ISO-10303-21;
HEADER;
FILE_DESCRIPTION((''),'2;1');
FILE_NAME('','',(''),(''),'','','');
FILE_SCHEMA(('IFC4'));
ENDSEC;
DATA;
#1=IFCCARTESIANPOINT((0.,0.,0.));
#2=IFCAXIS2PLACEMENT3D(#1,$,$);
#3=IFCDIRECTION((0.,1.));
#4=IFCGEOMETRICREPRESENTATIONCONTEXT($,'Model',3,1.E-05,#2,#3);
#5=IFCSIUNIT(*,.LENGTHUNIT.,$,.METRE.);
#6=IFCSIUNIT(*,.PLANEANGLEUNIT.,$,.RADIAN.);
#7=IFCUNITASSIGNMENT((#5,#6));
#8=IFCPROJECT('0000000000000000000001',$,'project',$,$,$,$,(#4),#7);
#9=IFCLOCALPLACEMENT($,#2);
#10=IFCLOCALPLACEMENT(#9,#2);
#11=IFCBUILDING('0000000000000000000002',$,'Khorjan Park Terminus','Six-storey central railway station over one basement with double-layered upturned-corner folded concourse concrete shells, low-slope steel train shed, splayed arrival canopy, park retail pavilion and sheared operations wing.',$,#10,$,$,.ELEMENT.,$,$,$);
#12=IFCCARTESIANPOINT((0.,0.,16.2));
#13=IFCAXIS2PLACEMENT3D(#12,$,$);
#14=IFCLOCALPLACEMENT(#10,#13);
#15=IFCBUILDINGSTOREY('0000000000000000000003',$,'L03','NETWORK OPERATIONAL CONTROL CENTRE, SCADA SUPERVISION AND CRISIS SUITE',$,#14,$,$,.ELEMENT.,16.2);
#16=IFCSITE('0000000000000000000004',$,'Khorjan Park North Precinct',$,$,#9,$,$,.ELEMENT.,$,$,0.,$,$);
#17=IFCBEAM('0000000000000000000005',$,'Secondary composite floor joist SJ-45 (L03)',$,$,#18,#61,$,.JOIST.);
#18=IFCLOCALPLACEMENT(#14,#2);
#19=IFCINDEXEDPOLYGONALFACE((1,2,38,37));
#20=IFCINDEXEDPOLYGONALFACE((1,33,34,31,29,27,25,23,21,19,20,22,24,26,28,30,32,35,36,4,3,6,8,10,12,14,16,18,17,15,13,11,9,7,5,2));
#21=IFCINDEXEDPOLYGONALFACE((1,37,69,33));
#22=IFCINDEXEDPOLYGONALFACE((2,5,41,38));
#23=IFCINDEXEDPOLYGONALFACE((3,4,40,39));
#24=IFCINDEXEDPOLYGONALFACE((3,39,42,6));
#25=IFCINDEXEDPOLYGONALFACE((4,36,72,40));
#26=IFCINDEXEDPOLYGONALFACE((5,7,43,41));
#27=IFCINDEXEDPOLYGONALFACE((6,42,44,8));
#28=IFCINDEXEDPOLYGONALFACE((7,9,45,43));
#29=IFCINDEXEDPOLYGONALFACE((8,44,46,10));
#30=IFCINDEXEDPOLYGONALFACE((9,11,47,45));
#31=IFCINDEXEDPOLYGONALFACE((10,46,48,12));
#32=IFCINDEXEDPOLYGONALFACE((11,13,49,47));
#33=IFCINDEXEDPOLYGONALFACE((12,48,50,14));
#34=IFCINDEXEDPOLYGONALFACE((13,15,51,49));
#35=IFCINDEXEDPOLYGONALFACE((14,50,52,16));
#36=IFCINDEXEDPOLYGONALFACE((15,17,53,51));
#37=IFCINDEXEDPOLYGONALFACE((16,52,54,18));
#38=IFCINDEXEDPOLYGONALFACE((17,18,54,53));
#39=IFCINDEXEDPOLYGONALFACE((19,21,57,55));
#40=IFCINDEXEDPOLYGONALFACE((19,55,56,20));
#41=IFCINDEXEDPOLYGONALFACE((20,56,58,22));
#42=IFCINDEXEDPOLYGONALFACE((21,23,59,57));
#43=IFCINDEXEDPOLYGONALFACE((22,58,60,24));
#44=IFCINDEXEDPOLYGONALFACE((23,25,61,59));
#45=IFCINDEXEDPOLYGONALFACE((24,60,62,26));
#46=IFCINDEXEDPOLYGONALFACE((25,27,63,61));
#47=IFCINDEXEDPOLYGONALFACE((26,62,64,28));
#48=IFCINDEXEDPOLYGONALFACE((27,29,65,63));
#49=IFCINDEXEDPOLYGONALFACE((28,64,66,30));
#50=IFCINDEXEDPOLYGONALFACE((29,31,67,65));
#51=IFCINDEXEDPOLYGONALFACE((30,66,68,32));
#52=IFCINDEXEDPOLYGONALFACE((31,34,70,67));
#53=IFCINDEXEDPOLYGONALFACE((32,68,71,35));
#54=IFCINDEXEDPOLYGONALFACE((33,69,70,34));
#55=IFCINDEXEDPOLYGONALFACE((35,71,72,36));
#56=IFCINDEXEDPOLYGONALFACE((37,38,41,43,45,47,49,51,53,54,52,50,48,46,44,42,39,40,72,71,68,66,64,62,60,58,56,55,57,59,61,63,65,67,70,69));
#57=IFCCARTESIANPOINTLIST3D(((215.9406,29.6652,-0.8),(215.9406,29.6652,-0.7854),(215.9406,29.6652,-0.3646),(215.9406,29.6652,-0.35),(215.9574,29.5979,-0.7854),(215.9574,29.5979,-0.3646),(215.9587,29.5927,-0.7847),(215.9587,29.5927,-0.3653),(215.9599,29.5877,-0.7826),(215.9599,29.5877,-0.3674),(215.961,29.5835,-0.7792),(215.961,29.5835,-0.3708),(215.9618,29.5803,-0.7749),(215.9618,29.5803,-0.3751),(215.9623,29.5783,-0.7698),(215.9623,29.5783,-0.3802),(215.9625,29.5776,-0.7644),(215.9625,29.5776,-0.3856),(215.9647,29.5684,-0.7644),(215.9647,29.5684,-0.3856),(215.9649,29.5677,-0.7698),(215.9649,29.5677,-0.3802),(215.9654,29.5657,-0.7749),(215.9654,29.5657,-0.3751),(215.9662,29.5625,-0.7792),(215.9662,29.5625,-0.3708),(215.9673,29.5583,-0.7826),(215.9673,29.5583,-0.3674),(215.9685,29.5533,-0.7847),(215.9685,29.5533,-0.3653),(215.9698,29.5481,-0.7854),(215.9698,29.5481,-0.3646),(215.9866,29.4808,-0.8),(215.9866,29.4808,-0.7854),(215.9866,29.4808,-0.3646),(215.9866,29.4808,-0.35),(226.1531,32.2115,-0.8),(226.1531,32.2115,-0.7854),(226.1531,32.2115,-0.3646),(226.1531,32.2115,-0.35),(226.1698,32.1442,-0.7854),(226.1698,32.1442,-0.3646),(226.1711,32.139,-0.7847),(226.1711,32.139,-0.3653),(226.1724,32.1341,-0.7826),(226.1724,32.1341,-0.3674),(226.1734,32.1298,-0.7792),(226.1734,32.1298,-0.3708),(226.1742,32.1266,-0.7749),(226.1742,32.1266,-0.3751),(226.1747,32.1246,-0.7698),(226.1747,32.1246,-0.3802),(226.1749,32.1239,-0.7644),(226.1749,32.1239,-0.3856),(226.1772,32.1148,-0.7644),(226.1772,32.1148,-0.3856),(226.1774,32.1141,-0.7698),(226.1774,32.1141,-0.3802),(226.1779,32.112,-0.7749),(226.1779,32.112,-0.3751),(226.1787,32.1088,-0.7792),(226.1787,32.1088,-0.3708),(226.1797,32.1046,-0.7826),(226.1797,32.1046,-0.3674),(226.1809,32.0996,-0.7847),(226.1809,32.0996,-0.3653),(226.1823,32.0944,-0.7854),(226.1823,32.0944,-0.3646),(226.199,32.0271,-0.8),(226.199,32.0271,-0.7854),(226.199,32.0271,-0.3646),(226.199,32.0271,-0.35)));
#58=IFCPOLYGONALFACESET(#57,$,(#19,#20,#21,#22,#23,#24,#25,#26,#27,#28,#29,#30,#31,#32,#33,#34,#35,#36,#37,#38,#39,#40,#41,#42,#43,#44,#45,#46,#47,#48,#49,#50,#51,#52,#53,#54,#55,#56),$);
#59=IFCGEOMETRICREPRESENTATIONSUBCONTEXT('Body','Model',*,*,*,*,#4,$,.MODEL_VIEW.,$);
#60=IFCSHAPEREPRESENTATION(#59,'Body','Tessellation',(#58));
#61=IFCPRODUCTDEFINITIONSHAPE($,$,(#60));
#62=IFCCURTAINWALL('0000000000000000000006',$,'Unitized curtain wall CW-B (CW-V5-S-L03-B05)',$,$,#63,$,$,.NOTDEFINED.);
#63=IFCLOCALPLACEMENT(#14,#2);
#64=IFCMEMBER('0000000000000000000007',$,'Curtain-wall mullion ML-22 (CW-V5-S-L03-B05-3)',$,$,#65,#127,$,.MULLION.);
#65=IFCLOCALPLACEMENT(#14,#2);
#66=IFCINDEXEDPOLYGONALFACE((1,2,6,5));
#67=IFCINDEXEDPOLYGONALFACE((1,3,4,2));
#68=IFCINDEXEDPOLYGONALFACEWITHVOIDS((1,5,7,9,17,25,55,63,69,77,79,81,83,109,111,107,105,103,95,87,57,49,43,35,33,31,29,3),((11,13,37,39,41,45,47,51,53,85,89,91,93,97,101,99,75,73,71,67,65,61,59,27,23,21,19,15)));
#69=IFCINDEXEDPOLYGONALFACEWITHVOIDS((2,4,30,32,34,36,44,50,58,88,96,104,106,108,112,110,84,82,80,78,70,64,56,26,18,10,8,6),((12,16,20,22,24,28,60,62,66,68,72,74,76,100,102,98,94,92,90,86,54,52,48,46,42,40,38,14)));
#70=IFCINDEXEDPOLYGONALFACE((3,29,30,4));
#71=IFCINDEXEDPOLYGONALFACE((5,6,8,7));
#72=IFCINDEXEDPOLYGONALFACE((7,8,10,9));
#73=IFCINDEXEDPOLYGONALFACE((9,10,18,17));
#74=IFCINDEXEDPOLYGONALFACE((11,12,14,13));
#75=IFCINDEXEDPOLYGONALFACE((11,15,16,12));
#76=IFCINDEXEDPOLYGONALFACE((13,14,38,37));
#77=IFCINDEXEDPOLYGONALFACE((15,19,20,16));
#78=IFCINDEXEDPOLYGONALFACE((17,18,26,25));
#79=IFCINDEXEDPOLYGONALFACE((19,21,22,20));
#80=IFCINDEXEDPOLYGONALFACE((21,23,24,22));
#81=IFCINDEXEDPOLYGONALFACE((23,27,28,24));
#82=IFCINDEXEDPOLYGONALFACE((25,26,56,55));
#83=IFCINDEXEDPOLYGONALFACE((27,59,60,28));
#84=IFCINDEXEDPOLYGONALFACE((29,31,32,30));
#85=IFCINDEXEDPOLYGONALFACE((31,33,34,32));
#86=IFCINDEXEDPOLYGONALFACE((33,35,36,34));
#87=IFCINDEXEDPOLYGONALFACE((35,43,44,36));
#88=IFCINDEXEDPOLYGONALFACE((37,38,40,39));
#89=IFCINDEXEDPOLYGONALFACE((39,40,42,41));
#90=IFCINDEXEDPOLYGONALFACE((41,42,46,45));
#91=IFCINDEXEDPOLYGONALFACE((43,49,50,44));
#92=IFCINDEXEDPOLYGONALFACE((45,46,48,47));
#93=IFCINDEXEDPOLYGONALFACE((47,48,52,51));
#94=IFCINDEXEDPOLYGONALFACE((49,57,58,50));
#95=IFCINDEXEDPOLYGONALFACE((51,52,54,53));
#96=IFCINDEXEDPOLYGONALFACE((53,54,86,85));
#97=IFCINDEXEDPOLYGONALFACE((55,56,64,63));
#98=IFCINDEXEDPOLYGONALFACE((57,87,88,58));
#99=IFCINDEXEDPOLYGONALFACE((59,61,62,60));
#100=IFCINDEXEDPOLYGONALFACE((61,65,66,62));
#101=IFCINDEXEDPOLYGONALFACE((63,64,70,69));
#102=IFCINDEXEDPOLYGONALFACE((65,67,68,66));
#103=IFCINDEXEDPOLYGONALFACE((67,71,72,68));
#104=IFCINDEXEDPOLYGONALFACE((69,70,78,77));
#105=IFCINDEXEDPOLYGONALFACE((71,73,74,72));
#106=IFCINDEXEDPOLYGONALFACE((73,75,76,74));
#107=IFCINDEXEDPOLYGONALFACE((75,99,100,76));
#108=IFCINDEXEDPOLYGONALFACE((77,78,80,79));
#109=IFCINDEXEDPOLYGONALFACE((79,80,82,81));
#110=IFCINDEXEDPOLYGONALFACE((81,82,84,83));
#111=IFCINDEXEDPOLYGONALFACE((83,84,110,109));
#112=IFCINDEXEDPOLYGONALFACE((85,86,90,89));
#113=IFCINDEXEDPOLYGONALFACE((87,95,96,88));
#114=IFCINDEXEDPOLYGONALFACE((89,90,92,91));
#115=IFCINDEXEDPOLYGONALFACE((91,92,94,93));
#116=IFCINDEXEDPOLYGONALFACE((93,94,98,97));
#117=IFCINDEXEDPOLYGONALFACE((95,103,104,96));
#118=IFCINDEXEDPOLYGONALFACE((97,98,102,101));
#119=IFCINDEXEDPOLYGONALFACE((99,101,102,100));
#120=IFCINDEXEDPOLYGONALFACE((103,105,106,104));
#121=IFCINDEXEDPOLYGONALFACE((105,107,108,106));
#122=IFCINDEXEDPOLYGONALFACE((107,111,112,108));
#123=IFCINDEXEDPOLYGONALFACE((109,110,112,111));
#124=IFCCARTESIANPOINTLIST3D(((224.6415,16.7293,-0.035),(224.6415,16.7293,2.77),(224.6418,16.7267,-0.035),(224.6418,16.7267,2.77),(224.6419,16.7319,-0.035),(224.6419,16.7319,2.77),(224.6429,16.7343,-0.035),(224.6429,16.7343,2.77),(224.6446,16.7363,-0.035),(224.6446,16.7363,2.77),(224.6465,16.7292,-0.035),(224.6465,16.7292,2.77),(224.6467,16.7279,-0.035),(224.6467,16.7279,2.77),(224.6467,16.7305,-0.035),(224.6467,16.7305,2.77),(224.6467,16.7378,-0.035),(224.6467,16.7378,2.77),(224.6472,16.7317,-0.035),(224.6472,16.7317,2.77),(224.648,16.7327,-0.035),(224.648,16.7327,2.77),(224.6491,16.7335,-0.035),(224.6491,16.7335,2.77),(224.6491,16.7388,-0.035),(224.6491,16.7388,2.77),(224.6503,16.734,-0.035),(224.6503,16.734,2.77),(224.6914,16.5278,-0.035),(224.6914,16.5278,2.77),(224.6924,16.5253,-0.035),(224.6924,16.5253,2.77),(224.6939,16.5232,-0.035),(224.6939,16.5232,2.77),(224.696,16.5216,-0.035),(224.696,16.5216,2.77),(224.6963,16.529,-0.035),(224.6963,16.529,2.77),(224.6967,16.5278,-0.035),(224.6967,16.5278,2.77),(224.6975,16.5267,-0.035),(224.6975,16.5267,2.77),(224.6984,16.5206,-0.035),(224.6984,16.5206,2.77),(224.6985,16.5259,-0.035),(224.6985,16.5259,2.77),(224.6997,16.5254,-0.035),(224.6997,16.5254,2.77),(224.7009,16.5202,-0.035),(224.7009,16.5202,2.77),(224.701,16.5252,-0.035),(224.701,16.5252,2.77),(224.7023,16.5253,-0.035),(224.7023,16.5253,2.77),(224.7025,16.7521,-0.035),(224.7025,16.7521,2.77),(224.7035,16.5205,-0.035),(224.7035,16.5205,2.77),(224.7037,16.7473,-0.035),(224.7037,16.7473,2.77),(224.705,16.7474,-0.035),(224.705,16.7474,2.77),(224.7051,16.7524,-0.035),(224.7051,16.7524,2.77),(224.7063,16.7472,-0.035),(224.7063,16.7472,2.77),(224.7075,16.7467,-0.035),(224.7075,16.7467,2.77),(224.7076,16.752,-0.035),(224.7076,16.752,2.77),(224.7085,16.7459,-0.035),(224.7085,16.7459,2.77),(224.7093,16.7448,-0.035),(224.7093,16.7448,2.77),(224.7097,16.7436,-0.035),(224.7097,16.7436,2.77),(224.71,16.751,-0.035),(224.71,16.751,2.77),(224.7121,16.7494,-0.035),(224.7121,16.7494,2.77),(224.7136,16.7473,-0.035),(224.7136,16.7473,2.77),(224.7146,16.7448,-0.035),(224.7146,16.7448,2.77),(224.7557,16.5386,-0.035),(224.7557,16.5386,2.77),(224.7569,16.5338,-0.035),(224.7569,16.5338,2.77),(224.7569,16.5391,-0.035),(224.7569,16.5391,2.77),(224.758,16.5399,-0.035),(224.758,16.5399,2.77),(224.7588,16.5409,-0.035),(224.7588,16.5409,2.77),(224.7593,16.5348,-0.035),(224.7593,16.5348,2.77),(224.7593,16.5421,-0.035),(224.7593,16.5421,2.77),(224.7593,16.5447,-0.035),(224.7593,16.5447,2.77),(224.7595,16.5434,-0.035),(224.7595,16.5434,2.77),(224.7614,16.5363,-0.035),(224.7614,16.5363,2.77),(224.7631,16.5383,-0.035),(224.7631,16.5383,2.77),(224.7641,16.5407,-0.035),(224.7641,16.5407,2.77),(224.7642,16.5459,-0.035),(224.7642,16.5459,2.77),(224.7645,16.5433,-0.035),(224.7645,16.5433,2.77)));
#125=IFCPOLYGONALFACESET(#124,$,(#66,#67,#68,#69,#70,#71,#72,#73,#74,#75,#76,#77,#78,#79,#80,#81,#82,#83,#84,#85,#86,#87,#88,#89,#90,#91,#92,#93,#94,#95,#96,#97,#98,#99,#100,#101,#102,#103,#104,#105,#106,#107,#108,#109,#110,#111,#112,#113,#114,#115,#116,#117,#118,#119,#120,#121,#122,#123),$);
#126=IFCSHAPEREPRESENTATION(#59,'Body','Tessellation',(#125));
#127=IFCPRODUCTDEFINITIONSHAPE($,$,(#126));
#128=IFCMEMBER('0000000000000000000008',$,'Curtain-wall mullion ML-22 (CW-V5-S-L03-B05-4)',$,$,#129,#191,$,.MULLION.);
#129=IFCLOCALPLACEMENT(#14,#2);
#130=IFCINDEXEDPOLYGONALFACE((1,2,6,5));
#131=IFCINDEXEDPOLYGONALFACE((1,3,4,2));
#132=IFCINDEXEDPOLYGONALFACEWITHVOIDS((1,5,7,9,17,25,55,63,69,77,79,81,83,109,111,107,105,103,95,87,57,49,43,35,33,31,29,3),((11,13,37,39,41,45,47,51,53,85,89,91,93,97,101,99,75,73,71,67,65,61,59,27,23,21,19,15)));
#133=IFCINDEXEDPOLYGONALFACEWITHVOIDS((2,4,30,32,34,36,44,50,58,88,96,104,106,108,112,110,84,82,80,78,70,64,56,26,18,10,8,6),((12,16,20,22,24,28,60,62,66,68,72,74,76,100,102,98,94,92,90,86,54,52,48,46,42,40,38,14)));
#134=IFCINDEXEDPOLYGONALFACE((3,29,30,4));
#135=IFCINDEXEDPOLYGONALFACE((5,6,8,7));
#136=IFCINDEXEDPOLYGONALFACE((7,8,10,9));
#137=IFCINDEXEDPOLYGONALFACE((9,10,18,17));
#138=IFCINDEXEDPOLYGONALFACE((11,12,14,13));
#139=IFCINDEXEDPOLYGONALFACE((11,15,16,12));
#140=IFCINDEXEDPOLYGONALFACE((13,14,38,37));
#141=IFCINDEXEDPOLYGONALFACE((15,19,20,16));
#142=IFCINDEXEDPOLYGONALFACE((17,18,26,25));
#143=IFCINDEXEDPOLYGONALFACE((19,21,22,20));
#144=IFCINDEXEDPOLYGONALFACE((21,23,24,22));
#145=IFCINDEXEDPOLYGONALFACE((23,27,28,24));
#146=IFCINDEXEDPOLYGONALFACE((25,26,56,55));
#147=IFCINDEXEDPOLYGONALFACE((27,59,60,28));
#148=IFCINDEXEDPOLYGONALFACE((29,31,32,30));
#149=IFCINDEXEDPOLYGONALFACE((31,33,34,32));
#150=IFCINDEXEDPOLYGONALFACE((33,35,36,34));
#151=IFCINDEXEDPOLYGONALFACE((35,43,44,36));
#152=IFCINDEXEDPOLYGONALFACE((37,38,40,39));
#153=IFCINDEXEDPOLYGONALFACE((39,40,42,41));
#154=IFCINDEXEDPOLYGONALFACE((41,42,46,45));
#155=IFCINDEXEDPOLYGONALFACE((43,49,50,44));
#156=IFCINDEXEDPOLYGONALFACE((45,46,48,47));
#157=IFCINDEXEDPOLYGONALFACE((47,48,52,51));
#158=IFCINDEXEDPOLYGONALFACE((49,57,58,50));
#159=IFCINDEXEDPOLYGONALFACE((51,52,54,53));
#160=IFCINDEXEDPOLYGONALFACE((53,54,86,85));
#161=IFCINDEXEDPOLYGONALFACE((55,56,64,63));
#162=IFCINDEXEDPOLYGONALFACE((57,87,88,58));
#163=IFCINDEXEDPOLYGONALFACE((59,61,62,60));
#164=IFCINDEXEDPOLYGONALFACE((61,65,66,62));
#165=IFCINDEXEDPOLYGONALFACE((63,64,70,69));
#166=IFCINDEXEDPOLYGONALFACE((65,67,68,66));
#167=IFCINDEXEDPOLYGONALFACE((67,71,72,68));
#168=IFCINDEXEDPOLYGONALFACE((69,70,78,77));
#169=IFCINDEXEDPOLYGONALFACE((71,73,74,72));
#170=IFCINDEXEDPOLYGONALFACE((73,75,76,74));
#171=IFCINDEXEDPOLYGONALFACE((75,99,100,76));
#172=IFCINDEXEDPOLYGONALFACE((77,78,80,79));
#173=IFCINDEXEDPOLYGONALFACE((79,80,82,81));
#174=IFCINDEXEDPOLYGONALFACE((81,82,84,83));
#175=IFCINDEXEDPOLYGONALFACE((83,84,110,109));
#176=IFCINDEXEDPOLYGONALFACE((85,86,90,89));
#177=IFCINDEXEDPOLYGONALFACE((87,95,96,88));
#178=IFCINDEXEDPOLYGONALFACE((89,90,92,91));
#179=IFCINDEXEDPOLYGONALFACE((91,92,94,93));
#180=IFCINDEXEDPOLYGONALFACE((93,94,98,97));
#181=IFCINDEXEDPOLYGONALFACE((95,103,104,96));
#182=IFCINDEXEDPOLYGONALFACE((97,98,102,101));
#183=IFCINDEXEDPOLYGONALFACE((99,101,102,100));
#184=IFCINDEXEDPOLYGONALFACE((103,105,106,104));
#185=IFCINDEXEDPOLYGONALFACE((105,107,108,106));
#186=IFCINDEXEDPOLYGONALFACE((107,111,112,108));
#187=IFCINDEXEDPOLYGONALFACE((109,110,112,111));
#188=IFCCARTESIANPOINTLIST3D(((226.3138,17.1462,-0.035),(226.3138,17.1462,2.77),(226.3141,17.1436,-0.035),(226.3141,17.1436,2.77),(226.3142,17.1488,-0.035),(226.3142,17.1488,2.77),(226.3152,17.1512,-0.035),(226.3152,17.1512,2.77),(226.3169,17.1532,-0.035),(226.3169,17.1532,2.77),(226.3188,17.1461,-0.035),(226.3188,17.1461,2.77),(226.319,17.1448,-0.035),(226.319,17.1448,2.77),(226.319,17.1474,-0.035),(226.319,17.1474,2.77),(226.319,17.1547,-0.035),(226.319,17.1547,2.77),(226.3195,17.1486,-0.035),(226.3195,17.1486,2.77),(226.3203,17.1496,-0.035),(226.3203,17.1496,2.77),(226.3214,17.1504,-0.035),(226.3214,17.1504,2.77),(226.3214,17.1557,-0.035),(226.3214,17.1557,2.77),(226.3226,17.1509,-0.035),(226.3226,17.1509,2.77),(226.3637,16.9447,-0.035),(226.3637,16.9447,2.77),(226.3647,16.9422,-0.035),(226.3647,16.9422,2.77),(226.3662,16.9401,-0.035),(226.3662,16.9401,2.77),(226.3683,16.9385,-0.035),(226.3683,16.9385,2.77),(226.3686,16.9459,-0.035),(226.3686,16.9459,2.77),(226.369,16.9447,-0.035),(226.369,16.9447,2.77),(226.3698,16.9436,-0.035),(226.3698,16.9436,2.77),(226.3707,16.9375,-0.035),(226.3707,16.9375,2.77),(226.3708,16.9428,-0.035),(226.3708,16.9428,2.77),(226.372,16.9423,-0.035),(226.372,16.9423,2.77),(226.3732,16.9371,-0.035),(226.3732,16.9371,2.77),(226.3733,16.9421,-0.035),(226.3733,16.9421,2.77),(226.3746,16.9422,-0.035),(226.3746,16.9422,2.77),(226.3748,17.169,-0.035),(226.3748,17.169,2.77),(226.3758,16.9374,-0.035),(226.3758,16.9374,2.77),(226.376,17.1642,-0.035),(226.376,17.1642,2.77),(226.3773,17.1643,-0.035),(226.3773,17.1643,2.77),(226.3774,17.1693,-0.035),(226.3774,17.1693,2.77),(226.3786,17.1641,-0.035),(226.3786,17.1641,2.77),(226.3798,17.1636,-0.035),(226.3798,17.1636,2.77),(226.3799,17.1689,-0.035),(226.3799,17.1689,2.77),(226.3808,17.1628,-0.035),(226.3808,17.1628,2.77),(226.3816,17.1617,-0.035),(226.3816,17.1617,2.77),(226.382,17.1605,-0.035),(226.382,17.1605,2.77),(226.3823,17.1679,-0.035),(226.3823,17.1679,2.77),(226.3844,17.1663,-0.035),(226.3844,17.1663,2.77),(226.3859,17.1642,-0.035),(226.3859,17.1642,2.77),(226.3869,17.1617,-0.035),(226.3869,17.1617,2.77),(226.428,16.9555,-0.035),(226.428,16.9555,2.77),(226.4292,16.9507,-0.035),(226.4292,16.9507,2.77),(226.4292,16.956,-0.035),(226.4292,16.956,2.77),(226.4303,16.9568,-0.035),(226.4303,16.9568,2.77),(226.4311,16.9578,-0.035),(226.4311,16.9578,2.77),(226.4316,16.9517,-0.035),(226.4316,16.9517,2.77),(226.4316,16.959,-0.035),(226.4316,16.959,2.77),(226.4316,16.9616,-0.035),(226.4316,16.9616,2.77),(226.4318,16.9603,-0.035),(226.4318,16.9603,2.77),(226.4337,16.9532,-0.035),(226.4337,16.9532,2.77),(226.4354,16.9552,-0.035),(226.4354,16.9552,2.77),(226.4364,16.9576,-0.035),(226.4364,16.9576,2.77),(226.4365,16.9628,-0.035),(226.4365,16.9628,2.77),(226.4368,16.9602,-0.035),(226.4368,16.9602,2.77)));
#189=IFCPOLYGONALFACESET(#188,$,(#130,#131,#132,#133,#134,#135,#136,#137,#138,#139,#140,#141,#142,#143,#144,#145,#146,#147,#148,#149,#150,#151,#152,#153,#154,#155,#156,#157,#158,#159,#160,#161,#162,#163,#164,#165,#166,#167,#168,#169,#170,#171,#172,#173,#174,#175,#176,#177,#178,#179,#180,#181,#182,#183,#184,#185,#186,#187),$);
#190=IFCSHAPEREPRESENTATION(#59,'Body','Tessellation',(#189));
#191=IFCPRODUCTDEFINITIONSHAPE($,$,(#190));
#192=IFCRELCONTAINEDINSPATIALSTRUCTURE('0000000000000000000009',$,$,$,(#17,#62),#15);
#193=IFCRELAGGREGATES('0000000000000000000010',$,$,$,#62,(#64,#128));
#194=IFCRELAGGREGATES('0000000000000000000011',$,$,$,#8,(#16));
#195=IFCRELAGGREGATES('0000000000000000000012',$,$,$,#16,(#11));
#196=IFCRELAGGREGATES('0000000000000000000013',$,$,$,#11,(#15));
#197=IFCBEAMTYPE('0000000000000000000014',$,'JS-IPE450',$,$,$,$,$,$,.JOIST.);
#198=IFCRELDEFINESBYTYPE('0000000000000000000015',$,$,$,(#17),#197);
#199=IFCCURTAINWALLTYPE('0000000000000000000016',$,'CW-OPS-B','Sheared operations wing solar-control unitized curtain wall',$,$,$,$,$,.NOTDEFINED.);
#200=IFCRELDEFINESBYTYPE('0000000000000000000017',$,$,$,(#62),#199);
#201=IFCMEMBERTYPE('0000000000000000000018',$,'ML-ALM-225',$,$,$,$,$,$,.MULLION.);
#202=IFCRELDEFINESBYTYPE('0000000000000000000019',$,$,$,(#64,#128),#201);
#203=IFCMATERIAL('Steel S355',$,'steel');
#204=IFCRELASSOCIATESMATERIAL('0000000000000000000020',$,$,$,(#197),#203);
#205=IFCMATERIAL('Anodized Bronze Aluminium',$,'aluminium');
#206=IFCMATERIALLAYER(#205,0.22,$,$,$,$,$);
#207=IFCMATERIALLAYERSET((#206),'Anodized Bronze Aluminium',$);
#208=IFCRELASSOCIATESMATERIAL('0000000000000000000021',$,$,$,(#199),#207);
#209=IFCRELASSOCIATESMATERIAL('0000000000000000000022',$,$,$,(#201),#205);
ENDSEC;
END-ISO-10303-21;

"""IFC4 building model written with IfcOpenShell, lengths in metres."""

from ifc_helpers import new_model, si_unit, direction, frame, origin, origin_2d, place, context, subcontext, project, spatial, hollow_rectangle, i_section, extrude, material, layer, layer_set, material_profile, profile_set, type_object, element, aggregate, save


model = new_model("IFC4")

# Units and contexts
model_context = context("Model", 3, precision=1e-05, world=origin(), true_north=direction((0.0, 1.0)))
body_context = subcontext(model_context, "Body", "Model", "MODEL_VIEW")
ifc_project = project(units=[si_unit("LENGTHUNIT", "METRE"), si_unit("PLANEANGLEUNIT", "RADIAN")], contexts=[model_context])

# Site, building, storey
site_placement = place(None, origin())
site = spatial("IfcSite", under=ifc_project, at=site_placement, Name="Khorjan Park North Precinct", CompositionType="ELEMENT", RefElevation=0.0)
building_placement = place(site_placement, origin())
building = spatial("IfcBuilding", under=site, at=building_placement, Name="Khorjan Park Terminus", Description="Six-storey central railway station over one basement with double-layered upturned-corner folded concourse concrete shells, low-slope steel train shed, splayed arrival canopy, park retail pavilion and sheared operations wing.", CompositionType="ELEMENT")
storey_placement = place(building_placement, frame((0.0, 0.0, 16.2)))
storey = spatial("IfcBuildingStorey", under=building, at=storey_placement, Name="L03", Description="NETWORK OPERATIONAL CONTROL CENTRE, SCADA SUPERVISION AND CRISIS SUITE", CompositionType="ELEMENT", Elevation=16.2)

# Beam
ifc_material_1 = material(Name="Steel S355", Category="steel")
ifc_material_profile_1 = material_profile(ifc_material_1, i_section(OverallWidth=0.19, OverallDepth=0.45, WebThickness=0.0094, FlangeThickness=0.0146, FilletRadius=0.021, at=origin_2d()), Name="IPE 450")
ifc_profile_set_1 = profile_set([ifc_material_profile_1], Name="Steel S355")
beam_type_1 = type_object("IfcBeamType", Name="JS-IPE450", PredefinedType="JOIST", material=ifc_profile_set_1)
beam_1_placement = place(storey_placement, frame((215.9636, 29.573, -0.575), z_axis=(0.970294, 0.241928, 0.0), x_axis=(-0.241928, 0.970294, 0.0)))
element("IfcBeam", 1, at=beam_1_placement, inside=storey, type_object=beam_type_1, Name="Secondary composite floor joist SJ-45 (L03)", PredefinedType="JOIST", context=body_context, shape_type="SweptSolid", body=[
    extrude(i_section(OverallWidth=0.19, OverallDepth=0.45, WebThickness=0.0094, FlangeThickness=0.0146, FilletRadius=0.021, at=origin_2d()), origin(), (0.0, 0.0, 1.0), 10.5251),
])

# Curtain wall, members
ifc_material_2 = material(Name="Anodized Bronze Aluminium", Category="aluminium")
ifc_layer_1 = layer(ifc_material_2, 0.22)
ifc_layer_set_1 = layer_set([ifc_layer_1], Name="Anodized Bronze Aluminium")
curtain_wall_type = type_object("IfcCurtainWallType", Name="CW-OPS-B", Description="Sheared operations wing solar-control unitized curtain wall", PredefinedType="NOTDEFINED", material=ifc_layer_set_1)
curtain_wall_placement = place(storey_placement, origin())
curtain_wall = element("IfcCurtainWall", 2, at=curtain_wall_placement, inside=storey, type_object=curtain_wall_type, Name="Unitized curtain wall CW-B (CW-V5-S-L03-B05)", PredefinedType="NOTDEFINED")
ifc_material_profile_2 = material_profile(ifc_material_2, hollow_rectangle(XDim=0.075, YDim=0.225, WallThickness=0.005, InnerFilletRadius=0.005, OuterFilletRadius=0.01, at=origin_2d()), Name="ALM 75x225x5")
ifc_profile_set_2 = profile_set([ifc_material_profile_2], Name="Anodized Bronze Aluminium")
member_type_1 = type_object("IfcMemberType", Name="ML-ALM-225", PredefinedType="MULLION", material=ifc_profile_set_2)
member_1_placement = place(storey_placement, frame((224.703, 16.6363, -0.035), z_axis=(0.0, 0.0, 1.0), x_axis=(0.970296, 0.241919, 0.0)))
member_1 = element("IfcMember", 3, at=member_1_placement, type_object=member_type_1, Name="Curtain-wall mullion ML-22 (CW-V5-S-L03-B05-3)", PredefinedType="MULLION", context=body_context, shape_type="SweptSolid", body=[
    extrude(hollow_rectangle(XDim=0.075, YDim=0.225, WallThickness=0.005, InnerFilletRadius=0.005, OuterFilletRadius=0.01, at=origin_2d()), origin(), (0.0, 0.0, 1.0), 2.805),
])
member_2_placement = place(storey_placement, frame((226.3753, 17.0532, -0.035), z_axis=(0.0, 0.0, 1.0), x_axis=(0.970296, 0.241919, 0.0)))
member_2 = element("IfcMember", 4, at=member_2_placement, type_object=member_type_1, Name="Curtain-wall mullion ML-22 (CW-V5-S-L03-B05-4)", PredefinedType="MULLION", context=body_context, shape_type="SweptSolid", body=[
    extrude(hollow_rectangle(XDim=0.075, YDim=0.225, WallThickness=0.005, InnerFilletRadius=0.005, OuterFilletRadius=0.01, at=origin_2d()), origin(), (0.0, 0.0, 1.0), 2.805),
])
aggregate(curtain_wall, [member_1, member_2])

save(model, "model.ifc")
